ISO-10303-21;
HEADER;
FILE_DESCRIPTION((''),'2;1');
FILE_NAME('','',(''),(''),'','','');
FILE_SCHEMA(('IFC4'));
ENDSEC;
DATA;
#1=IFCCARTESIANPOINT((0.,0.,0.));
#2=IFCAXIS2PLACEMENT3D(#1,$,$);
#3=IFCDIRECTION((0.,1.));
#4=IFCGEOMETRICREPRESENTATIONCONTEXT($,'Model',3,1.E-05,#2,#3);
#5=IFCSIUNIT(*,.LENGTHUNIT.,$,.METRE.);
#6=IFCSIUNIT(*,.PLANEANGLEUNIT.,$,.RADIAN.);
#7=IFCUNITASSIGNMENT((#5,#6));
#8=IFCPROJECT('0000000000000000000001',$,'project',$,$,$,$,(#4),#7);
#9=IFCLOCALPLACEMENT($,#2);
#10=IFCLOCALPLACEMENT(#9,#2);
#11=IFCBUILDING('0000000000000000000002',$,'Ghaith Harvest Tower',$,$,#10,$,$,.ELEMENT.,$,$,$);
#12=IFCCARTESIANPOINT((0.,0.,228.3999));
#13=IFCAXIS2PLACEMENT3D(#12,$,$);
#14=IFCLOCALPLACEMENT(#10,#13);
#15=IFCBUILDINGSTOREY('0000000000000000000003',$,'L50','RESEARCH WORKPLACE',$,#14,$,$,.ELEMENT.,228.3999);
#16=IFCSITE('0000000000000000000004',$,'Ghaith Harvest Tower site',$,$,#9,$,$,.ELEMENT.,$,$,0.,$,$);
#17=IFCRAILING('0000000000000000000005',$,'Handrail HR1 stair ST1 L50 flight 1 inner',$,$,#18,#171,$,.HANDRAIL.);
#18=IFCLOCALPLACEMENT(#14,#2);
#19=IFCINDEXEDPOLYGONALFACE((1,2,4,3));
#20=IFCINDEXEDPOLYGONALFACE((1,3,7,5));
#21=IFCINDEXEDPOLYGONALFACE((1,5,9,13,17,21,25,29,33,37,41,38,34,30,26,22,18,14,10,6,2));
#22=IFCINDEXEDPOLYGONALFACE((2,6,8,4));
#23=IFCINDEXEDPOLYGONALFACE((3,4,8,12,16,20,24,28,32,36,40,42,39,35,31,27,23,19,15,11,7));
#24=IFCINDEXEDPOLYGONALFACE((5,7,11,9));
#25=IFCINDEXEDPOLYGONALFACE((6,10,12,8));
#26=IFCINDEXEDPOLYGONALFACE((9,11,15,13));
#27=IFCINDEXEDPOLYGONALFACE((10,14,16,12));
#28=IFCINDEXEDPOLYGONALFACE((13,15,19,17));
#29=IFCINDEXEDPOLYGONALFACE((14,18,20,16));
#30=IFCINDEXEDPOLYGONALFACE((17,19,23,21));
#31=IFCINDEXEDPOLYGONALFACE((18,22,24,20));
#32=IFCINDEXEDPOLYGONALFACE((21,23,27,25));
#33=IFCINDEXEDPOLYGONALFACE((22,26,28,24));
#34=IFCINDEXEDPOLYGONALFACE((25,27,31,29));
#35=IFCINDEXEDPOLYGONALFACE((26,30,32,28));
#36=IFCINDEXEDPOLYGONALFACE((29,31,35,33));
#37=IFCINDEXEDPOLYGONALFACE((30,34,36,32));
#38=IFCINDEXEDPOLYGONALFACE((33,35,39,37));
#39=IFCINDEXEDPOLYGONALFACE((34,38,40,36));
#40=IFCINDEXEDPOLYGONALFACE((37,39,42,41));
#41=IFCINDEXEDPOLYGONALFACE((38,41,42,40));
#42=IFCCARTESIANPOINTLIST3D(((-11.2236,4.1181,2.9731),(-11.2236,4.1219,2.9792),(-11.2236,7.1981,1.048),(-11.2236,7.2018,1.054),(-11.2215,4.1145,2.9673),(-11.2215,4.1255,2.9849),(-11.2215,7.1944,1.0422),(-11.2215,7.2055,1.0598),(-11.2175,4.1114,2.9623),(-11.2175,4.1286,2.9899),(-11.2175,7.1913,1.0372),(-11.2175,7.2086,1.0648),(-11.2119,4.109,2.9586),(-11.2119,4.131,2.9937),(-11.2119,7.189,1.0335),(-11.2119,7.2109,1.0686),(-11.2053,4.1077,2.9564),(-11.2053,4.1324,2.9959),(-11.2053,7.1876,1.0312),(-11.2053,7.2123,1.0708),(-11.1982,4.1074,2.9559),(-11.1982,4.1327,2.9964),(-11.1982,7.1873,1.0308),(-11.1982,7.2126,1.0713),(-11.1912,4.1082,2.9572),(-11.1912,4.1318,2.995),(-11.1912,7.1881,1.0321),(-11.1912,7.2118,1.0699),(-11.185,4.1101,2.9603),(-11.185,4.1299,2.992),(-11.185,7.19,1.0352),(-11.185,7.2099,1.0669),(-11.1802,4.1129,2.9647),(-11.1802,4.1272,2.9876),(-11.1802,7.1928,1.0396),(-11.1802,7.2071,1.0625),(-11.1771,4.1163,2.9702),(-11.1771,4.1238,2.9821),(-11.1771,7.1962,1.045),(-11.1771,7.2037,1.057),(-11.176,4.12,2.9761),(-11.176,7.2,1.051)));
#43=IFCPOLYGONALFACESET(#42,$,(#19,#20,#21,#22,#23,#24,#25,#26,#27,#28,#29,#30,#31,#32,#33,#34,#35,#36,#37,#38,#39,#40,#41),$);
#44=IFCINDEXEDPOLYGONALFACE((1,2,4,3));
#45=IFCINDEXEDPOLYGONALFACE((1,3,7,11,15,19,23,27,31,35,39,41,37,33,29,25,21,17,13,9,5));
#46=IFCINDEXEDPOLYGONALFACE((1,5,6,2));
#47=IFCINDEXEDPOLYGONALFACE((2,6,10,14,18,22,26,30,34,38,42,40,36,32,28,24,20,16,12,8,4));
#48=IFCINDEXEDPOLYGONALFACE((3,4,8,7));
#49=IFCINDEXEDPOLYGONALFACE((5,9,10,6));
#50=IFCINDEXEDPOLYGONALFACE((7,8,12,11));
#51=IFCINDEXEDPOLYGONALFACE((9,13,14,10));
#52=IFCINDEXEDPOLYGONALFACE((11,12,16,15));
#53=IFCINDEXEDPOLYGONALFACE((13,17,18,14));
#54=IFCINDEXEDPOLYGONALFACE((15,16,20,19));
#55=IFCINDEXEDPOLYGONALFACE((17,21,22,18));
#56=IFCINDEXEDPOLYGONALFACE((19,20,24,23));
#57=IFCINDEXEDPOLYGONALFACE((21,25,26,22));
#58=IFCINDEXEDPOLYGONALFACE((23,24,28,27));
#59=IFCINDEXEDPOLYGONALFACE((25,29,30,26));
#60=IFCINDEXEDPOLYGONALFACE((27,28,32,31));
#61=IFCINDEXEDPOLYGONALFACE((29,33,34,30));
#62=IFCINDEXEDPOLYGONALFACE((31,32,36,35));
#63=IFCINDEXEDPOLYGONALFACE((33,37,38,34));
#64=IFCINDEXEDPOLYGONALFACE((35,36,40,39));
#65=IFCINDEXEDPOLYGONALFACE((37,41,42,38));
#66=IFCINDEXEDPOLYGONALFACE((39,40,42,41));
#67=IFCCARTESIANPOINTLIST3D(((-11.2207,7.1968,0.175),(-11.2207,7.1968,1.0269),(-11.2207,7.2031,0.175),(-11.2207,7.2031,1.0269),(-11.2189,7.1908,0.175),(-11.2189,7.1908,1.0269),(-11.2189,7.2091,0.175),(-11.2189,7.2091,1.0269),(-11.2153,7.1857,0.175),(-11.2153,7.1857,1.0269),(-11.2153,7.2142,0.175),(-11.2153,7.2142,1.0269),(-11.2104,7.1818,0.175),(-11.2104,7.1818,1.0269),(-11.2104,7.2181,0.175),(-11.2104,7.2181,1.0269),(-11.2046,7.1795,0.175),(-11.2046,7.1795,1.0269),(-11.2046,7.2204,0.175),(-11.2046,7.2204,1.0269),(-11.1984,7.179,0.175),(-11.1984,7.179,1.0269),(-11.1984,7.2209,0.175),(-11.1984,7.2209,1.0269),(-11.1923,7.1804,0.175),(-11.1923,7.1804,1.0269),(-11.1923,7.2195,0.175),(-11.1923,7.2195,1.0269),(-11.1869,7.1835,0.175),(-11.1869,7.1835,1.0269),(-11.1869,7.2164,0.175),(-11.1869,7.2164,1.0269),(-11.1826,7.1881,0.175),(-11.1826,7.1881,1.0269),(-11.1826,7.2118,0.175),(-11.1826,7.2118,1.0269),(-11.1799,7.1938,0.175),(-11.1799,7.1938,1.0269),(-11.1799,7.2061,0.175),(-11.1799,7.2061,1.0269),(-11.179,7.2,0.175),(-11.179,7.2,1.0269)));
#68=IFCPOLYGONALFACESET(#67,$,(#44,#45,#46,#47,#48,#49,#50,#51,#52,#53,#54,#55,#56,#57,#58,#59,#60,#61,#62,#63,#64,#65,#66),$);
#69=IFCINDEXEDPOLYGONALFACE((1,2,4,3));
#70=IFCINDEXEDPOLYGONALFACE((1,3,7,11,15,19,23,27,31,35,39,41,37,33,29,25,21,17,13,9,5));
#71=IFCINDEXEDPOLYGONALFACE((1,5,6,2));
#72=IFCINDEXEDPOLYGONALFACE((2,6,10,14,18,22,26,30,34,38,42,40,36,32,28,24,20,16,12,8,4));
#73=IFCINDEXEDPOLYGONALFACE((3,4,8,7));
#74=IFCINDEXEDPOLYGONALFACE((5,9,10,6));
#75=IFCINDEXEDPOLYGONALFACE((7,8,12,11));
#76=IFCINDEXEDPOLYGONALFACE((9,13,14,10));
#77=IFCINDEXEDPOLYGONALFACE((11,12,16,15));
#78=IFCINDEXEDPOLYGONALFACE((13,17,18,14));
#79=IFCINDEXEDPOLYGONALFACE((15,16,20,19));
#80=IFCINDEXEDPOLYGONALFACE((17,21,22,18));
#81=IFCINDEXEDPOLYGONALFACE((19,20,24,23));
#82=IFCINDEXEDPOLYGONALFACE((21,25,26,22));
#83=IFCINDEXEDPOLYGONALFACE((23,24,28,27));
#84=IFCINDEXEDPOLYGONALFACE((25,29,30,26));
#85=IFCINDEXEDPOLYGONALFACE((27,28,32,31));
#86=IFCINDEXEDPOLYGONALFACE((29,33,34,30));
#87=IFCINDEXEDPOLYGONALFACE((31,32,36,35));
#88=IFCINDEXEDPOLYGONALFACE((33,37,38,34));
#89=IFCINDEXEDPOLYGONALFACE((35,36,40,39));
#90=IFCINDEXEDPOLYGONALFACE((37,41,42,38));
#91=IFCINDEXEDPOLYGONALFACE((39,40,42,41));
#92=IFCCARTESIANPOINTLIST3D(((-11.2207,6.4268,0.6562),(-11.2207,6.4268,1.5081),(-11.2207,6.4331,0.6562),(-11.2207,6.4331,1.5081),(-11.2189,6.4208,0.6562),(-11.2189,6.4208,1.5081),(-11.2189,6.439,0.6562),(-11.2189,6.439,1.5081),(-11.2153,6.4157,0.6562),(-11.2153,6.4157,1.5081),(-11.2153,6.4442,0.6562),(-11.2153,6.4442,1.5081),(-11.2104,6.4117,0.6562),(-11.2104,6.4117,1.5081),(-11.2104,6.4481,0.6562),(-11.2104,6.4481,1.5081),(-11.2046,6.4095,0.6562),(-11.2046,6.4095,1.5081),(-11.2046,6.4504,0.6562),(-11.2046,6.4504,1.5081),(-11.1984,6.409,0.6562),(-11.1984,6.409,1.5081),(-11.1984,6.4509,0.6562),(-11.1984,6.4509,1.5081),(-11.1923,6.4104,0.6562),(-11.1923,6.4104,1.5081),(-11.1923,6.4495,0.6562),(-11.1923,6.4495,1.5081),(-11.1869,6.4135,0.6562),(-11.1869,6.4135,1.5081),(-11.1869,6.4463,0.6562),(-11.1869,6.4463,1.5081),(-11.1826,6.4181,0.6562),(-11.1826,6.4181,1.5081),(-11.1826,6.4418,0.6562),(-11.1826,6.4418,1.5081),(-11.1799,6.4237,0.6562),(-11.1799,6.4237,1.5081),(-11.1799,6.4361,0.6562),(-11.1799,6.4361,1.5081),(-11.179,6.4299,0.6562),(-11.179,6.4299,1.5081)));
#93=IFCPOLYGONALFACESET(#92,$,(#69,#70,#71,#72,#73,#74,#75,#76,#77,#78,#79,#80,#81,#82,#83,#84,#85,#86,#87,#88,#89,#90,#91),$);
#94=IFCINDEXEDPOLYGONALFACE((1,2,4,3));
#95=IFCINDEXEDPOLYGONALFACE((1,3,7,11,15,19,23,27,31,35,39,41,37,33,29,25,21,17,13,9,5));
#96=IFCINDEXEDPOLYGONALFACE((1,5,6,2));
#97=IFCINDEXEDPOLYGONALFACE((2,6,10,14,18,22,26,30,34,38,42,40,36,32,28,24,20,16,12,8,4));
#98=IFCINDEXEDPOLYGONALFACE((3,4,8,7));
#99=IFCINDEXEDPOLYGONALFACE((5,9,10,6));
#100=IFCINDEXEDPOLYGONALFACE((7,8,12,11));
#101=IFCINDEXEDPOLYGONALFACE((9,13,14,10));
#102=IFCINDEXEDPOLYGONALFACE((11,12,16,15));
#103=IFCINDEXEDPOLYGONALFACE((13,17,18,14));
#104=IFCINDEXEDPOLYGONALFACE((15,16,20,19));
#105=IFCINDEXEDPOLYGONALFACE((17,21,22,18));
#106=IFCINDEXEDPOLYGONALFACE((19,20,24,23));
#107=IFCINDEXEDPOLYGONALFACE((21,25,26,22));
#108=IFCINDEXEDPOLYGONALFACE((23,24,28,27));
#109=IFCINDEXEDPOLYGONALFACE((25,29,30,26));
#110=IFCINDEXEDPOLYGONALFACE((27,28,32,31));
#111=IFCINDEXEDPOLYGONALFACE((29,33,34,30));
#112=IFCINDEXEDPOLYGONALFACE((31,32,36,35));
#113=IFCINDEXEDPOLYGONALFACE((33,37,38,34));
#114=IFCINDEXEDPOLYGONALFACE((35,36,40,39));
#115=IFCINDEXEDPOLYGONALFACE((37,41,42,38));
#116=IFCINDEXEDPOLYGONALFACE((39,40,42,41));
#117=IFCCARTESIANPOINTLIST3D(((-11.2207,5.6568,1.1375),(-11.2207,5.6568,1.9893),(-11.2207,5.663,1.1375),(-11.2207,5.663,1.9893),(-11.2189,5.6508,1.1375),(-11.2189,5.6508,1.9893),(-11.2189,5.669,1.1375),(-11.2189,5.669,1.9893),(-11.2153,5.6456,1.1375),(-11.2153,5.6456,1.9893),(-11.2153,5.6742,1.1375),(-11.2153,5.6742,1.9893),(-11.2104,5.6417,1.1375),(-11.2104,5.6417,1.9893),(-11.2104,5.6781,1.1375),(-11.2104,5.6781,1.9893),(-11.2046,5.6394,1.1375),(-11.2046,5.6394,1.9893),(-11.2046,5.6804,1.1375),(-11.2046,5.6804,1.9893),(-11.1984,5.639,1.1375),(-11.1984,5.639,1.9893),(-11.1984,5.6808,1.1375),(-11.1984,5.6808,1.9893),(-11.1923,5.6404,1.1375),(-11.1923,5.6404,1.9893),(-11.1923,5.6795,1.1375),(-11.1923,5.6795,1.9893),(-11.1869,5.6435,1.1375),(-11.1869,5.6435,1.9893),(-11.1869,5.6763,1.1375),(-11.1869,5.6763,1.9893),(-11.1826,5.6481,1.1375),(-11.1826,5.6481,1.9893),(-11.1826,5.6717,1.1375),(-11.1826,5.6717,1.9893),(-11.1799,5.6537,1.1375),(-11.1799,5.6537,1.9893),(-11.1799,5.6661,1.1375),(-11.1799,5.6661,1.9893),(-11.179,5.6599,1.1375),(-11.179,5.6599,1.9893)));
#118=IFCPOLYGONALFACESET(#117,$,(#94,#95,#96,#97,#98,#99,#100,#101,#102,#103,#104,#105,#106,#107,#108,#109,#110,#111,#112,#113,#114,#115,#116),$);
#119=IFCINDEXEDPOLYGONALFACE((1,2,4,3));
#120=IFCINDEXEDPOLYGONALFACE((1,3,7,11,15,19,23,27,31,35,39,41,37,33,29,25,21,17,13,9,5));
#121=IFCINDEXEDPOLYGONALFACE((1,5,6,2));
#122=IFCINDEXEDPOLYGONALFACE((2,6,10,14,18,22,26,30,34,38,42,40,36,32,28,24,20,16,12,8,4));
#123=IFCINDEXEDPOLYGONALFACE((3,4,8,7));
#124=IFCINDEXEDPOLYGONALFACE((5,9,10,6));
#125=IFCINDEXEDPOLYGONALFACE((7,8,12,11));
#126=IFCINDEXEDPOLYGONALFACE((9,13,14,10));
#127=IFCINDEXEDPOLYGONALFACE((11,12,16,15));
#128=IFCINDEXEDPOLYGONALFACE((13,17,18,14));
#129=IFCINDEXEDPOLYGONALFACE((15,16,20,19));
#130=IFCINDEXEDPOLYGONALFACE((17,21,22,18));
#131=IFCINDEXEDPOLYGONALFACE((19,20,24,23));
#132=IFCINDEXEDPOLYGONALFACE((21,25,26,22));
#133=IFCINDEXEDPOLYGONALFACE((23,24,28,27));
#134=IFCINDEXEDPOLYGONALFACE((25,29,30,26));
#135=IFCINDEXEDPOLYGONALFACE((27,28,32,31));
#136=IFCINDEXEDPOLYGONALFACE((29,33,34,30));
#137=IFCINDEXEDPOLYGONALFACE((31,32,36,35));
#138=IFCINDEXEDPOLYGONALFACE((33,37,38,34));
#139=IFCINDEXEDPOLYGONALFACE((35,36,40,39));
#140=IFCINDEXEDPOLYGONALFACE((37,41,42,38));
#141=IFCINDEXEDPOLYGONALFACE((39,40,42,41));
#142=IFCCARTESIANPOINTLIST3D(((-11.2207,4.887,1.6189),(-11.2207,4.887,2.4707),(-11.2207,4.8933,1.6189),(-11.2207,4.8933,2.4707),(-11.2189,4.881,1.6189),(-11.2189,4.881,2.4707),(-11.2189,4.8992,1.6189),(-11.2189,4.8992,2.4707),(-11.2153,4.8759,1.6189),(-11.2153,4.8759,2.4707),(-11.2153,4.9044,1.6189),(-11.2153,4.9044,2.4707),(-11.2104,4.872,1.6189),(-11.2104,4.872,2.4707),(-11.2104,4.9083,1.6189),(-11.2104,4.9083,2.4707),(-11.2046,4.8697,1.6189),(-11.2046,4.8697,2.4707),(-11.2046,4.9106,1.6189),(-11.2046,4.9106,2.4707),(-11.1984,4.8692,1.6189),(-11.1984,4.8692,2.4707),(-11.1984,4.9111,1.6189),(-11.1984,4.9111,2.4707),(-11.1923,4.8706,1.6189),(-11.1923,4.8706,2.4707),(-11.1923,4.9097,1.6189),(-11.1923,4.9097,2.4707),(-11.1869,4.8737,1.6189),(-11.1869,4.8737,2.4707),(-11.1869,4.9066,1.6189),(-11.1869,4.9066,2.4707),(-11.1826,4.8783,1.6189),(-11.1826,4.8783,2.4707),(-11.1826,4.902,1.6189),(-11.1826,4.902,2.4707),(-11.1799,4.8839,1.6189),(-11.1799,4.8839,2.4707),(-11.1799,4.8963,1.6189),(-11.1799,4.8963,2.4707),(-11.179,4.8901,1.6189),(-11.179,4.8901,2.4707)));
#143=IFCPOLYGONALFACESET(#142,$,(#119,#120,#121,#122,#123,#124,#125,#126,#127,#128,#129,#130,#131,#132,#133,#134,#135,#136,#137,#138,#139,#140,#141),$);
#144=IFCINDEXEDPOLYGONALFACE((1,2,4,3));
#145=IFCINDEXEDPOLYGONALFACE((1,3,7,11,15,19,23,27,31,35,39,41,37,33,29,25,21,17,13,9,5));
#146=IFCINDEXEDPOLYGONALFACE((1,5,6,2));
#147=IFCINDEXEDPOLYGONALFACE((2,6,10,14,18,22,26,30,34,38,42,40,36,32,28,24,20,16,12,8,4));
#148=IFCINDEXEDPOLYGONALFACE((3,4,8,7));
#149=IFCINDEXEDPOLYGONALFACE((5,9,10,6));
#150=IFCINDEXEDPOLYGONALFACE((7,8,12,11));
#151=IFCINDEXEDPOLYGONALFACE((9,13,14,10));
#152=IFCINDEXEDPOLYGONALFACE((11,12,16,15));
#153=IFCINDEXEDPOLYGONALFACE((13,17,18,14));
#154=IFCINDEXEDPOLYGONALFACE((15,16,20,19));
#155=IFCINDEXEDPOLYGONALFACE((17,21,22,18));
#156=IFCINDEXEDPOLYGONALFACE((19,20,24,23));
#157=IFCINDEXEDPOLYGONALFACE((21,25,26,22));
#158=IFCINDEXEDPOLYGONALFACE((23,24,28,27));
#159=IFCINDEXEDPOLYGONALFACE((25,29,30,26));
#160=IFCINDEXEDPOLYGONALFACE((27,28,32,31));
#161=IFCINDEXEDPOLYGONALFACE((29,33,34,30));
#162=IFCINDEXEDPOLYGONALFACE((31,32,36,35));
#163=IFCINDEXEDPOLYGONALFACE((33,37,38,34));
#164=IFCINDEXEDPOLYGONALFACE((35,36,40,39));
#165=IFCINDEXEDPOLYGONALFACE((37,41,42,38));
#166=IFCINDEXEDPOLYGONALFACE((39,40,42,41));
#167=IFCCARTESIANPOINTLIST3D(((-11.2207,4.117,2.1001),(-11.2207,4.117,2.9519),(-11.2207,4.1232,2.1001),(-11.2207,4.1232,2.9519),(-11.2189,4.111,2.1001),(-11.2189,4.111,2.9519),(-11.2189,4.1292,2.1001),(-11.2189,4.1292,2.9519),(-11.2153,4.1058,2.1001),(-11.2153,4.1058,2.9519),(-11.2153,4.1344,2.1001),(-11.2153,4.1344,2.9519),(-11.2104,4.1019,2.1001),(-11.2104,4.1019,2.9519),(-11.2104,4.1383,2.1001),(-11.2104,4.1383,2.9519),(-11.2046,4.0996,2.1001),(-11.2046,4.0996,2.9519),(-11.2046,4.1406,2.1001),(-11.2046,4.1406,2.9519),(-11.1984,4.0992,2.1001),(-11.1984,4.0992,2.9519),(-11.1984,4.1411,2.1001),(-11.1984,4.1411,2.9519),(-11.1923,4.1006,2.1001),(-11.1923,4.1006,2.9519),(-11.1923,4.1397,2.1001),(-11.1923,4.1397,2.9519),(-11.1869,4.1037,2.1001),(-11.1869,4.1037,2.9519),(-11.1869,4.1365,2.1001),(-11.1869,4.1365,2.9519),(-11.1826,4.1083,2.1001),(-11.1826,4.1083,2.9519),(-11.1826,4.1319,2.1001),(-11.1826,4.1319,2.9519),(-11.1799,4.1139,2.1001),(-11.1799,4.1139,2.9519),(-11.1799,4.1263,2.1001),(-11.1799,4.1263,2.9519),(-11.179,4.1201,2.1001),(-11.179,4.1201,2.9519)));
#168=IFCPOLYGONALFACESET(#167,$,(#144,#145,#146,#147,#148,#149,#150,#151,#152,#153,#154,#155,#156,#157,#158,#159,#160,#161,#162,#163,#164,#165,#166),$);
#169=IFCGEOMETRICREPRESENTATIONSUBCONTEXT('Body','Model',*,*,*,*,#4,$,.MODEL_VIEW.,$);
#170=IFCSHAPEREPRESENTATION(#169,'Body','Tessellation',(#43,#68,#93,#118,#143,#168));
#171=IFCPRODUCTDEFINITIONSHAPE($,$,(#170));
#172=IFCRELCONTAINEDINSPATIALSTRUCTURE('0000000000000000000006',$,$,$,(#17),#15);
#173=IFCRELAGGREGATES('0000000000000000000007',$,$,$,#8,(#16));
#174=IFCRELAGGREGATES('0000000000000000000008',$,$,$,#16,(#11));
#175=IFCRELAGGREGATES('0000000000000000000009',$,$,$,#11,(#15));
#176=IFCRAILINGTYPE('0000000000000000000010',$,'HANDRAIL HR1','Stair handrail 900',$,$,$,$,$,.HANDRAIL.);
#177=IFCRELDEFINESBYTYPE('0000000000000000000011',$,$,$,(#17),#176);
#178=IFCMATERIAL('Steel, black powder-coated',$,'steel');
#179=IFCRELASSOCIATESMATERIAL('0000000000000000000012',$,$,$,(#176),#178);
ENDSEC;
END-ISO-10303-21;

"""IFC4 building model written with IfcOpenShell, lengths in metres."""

from ifc_helpers import new_model, si_unit, direction, frame, origin, origin_2d, place, context, subcontext, project, spatial, circle, extrude, material, type_object, element, save


model = new_model("IFC4")

# Units and contexts
model_context = context("Model", 3, precision=1e-05, world=origin(), true_north=direction((0.0, 1.0)))
body_context = subcontext(model_context, "Body", "Model", "MODEL_VIEW")
ifc_project = project(units=[si_unit("LENGTHUNIT", "METRE"), si_unit("PLANEANGLEUNIT", "RADIAN")], contexts=[model_context])

# Site, building, storey
site_placement = place(None, origin())
site = spatial("IfcSite", under=ifc_project, at=site_placement, Name="Ghaith Harvest Tower site", CompositionType="ELEMENT", RefElevation=0.0)
building_placement = place(site_placement, origin())
building = spatial("IfcBuilding", under=site, at=building_placement, Name="Ghaith Harvest Tower", CompositionType="ELEMENT")
storey_placement = place(building_placement, frame((0.0, 0.0, 228.3999)))
storey = spatial("IfcBuildingStorey", under=building, at=storey_placement, Name="L50", Description="RESEARCH WORKPLACE", CompositionType="ELEMENT", Elevation=228.3999)

# Railing
ifc_material_1 = material(Name="Steel, black powder-coated", Category="steel")
railing_type = type_object("IfcRailingType", Name="HANDRAIL HR1", Description="Stair handrail 900", PredefinedType="HANDRAIL", material=ifc_material_1)
railing_1_placement = place(storey_placement, frame((-11.2, 7.2, 0.175)))
element("IfcRailing", 1, at=railing_1_placement, inside=storey, type_object=railing_type, Name="Handrail HR1 stair ST1 L50 flight 1 inner", PredefinedType="HANDRAIL", context=body_context, shape_type="SweptSolid", body=[
    extrude(circle(Radius=0.0239, at=origin_2d()), frame((0.0, 0.0, 0.876), z_axis=(0.0, -0.847979, 0.530029), x_axis=(1.0, 0.0, 0.0)), (0.0, 0.0, 1.0), 3.6321),
    extrude(circle(Radius=0.021, at=origin_2d()), origin(), (0.0, 0.0, 1.0), 0.8518),
    extrude(circle(Radius=0.021, at=origin_2d()), frame((0.0, -0.77, 0.4812)), (0.0, 0.0, 1.0), 0.8518),
    extrude(circle(Radius=0.021, at=origin_2d()), frame((0.0, -1.54, 0.9624)), (0.0, 0.0, 1.0), 0.8518),
    extrude(circle(Radius=0.021, at=origin_2d()), frame((0.0, -2.3098, 1.4438)), (0.0, 0.0, 1.0), 0.8518),
    extrude(circle(Radius=0.021, at=origin_2d()), frame((0.0, -3.0798, 1.925)), (0.0, 0.0, 1.0), 0.8518),
])

save(model, "model.ifc")
